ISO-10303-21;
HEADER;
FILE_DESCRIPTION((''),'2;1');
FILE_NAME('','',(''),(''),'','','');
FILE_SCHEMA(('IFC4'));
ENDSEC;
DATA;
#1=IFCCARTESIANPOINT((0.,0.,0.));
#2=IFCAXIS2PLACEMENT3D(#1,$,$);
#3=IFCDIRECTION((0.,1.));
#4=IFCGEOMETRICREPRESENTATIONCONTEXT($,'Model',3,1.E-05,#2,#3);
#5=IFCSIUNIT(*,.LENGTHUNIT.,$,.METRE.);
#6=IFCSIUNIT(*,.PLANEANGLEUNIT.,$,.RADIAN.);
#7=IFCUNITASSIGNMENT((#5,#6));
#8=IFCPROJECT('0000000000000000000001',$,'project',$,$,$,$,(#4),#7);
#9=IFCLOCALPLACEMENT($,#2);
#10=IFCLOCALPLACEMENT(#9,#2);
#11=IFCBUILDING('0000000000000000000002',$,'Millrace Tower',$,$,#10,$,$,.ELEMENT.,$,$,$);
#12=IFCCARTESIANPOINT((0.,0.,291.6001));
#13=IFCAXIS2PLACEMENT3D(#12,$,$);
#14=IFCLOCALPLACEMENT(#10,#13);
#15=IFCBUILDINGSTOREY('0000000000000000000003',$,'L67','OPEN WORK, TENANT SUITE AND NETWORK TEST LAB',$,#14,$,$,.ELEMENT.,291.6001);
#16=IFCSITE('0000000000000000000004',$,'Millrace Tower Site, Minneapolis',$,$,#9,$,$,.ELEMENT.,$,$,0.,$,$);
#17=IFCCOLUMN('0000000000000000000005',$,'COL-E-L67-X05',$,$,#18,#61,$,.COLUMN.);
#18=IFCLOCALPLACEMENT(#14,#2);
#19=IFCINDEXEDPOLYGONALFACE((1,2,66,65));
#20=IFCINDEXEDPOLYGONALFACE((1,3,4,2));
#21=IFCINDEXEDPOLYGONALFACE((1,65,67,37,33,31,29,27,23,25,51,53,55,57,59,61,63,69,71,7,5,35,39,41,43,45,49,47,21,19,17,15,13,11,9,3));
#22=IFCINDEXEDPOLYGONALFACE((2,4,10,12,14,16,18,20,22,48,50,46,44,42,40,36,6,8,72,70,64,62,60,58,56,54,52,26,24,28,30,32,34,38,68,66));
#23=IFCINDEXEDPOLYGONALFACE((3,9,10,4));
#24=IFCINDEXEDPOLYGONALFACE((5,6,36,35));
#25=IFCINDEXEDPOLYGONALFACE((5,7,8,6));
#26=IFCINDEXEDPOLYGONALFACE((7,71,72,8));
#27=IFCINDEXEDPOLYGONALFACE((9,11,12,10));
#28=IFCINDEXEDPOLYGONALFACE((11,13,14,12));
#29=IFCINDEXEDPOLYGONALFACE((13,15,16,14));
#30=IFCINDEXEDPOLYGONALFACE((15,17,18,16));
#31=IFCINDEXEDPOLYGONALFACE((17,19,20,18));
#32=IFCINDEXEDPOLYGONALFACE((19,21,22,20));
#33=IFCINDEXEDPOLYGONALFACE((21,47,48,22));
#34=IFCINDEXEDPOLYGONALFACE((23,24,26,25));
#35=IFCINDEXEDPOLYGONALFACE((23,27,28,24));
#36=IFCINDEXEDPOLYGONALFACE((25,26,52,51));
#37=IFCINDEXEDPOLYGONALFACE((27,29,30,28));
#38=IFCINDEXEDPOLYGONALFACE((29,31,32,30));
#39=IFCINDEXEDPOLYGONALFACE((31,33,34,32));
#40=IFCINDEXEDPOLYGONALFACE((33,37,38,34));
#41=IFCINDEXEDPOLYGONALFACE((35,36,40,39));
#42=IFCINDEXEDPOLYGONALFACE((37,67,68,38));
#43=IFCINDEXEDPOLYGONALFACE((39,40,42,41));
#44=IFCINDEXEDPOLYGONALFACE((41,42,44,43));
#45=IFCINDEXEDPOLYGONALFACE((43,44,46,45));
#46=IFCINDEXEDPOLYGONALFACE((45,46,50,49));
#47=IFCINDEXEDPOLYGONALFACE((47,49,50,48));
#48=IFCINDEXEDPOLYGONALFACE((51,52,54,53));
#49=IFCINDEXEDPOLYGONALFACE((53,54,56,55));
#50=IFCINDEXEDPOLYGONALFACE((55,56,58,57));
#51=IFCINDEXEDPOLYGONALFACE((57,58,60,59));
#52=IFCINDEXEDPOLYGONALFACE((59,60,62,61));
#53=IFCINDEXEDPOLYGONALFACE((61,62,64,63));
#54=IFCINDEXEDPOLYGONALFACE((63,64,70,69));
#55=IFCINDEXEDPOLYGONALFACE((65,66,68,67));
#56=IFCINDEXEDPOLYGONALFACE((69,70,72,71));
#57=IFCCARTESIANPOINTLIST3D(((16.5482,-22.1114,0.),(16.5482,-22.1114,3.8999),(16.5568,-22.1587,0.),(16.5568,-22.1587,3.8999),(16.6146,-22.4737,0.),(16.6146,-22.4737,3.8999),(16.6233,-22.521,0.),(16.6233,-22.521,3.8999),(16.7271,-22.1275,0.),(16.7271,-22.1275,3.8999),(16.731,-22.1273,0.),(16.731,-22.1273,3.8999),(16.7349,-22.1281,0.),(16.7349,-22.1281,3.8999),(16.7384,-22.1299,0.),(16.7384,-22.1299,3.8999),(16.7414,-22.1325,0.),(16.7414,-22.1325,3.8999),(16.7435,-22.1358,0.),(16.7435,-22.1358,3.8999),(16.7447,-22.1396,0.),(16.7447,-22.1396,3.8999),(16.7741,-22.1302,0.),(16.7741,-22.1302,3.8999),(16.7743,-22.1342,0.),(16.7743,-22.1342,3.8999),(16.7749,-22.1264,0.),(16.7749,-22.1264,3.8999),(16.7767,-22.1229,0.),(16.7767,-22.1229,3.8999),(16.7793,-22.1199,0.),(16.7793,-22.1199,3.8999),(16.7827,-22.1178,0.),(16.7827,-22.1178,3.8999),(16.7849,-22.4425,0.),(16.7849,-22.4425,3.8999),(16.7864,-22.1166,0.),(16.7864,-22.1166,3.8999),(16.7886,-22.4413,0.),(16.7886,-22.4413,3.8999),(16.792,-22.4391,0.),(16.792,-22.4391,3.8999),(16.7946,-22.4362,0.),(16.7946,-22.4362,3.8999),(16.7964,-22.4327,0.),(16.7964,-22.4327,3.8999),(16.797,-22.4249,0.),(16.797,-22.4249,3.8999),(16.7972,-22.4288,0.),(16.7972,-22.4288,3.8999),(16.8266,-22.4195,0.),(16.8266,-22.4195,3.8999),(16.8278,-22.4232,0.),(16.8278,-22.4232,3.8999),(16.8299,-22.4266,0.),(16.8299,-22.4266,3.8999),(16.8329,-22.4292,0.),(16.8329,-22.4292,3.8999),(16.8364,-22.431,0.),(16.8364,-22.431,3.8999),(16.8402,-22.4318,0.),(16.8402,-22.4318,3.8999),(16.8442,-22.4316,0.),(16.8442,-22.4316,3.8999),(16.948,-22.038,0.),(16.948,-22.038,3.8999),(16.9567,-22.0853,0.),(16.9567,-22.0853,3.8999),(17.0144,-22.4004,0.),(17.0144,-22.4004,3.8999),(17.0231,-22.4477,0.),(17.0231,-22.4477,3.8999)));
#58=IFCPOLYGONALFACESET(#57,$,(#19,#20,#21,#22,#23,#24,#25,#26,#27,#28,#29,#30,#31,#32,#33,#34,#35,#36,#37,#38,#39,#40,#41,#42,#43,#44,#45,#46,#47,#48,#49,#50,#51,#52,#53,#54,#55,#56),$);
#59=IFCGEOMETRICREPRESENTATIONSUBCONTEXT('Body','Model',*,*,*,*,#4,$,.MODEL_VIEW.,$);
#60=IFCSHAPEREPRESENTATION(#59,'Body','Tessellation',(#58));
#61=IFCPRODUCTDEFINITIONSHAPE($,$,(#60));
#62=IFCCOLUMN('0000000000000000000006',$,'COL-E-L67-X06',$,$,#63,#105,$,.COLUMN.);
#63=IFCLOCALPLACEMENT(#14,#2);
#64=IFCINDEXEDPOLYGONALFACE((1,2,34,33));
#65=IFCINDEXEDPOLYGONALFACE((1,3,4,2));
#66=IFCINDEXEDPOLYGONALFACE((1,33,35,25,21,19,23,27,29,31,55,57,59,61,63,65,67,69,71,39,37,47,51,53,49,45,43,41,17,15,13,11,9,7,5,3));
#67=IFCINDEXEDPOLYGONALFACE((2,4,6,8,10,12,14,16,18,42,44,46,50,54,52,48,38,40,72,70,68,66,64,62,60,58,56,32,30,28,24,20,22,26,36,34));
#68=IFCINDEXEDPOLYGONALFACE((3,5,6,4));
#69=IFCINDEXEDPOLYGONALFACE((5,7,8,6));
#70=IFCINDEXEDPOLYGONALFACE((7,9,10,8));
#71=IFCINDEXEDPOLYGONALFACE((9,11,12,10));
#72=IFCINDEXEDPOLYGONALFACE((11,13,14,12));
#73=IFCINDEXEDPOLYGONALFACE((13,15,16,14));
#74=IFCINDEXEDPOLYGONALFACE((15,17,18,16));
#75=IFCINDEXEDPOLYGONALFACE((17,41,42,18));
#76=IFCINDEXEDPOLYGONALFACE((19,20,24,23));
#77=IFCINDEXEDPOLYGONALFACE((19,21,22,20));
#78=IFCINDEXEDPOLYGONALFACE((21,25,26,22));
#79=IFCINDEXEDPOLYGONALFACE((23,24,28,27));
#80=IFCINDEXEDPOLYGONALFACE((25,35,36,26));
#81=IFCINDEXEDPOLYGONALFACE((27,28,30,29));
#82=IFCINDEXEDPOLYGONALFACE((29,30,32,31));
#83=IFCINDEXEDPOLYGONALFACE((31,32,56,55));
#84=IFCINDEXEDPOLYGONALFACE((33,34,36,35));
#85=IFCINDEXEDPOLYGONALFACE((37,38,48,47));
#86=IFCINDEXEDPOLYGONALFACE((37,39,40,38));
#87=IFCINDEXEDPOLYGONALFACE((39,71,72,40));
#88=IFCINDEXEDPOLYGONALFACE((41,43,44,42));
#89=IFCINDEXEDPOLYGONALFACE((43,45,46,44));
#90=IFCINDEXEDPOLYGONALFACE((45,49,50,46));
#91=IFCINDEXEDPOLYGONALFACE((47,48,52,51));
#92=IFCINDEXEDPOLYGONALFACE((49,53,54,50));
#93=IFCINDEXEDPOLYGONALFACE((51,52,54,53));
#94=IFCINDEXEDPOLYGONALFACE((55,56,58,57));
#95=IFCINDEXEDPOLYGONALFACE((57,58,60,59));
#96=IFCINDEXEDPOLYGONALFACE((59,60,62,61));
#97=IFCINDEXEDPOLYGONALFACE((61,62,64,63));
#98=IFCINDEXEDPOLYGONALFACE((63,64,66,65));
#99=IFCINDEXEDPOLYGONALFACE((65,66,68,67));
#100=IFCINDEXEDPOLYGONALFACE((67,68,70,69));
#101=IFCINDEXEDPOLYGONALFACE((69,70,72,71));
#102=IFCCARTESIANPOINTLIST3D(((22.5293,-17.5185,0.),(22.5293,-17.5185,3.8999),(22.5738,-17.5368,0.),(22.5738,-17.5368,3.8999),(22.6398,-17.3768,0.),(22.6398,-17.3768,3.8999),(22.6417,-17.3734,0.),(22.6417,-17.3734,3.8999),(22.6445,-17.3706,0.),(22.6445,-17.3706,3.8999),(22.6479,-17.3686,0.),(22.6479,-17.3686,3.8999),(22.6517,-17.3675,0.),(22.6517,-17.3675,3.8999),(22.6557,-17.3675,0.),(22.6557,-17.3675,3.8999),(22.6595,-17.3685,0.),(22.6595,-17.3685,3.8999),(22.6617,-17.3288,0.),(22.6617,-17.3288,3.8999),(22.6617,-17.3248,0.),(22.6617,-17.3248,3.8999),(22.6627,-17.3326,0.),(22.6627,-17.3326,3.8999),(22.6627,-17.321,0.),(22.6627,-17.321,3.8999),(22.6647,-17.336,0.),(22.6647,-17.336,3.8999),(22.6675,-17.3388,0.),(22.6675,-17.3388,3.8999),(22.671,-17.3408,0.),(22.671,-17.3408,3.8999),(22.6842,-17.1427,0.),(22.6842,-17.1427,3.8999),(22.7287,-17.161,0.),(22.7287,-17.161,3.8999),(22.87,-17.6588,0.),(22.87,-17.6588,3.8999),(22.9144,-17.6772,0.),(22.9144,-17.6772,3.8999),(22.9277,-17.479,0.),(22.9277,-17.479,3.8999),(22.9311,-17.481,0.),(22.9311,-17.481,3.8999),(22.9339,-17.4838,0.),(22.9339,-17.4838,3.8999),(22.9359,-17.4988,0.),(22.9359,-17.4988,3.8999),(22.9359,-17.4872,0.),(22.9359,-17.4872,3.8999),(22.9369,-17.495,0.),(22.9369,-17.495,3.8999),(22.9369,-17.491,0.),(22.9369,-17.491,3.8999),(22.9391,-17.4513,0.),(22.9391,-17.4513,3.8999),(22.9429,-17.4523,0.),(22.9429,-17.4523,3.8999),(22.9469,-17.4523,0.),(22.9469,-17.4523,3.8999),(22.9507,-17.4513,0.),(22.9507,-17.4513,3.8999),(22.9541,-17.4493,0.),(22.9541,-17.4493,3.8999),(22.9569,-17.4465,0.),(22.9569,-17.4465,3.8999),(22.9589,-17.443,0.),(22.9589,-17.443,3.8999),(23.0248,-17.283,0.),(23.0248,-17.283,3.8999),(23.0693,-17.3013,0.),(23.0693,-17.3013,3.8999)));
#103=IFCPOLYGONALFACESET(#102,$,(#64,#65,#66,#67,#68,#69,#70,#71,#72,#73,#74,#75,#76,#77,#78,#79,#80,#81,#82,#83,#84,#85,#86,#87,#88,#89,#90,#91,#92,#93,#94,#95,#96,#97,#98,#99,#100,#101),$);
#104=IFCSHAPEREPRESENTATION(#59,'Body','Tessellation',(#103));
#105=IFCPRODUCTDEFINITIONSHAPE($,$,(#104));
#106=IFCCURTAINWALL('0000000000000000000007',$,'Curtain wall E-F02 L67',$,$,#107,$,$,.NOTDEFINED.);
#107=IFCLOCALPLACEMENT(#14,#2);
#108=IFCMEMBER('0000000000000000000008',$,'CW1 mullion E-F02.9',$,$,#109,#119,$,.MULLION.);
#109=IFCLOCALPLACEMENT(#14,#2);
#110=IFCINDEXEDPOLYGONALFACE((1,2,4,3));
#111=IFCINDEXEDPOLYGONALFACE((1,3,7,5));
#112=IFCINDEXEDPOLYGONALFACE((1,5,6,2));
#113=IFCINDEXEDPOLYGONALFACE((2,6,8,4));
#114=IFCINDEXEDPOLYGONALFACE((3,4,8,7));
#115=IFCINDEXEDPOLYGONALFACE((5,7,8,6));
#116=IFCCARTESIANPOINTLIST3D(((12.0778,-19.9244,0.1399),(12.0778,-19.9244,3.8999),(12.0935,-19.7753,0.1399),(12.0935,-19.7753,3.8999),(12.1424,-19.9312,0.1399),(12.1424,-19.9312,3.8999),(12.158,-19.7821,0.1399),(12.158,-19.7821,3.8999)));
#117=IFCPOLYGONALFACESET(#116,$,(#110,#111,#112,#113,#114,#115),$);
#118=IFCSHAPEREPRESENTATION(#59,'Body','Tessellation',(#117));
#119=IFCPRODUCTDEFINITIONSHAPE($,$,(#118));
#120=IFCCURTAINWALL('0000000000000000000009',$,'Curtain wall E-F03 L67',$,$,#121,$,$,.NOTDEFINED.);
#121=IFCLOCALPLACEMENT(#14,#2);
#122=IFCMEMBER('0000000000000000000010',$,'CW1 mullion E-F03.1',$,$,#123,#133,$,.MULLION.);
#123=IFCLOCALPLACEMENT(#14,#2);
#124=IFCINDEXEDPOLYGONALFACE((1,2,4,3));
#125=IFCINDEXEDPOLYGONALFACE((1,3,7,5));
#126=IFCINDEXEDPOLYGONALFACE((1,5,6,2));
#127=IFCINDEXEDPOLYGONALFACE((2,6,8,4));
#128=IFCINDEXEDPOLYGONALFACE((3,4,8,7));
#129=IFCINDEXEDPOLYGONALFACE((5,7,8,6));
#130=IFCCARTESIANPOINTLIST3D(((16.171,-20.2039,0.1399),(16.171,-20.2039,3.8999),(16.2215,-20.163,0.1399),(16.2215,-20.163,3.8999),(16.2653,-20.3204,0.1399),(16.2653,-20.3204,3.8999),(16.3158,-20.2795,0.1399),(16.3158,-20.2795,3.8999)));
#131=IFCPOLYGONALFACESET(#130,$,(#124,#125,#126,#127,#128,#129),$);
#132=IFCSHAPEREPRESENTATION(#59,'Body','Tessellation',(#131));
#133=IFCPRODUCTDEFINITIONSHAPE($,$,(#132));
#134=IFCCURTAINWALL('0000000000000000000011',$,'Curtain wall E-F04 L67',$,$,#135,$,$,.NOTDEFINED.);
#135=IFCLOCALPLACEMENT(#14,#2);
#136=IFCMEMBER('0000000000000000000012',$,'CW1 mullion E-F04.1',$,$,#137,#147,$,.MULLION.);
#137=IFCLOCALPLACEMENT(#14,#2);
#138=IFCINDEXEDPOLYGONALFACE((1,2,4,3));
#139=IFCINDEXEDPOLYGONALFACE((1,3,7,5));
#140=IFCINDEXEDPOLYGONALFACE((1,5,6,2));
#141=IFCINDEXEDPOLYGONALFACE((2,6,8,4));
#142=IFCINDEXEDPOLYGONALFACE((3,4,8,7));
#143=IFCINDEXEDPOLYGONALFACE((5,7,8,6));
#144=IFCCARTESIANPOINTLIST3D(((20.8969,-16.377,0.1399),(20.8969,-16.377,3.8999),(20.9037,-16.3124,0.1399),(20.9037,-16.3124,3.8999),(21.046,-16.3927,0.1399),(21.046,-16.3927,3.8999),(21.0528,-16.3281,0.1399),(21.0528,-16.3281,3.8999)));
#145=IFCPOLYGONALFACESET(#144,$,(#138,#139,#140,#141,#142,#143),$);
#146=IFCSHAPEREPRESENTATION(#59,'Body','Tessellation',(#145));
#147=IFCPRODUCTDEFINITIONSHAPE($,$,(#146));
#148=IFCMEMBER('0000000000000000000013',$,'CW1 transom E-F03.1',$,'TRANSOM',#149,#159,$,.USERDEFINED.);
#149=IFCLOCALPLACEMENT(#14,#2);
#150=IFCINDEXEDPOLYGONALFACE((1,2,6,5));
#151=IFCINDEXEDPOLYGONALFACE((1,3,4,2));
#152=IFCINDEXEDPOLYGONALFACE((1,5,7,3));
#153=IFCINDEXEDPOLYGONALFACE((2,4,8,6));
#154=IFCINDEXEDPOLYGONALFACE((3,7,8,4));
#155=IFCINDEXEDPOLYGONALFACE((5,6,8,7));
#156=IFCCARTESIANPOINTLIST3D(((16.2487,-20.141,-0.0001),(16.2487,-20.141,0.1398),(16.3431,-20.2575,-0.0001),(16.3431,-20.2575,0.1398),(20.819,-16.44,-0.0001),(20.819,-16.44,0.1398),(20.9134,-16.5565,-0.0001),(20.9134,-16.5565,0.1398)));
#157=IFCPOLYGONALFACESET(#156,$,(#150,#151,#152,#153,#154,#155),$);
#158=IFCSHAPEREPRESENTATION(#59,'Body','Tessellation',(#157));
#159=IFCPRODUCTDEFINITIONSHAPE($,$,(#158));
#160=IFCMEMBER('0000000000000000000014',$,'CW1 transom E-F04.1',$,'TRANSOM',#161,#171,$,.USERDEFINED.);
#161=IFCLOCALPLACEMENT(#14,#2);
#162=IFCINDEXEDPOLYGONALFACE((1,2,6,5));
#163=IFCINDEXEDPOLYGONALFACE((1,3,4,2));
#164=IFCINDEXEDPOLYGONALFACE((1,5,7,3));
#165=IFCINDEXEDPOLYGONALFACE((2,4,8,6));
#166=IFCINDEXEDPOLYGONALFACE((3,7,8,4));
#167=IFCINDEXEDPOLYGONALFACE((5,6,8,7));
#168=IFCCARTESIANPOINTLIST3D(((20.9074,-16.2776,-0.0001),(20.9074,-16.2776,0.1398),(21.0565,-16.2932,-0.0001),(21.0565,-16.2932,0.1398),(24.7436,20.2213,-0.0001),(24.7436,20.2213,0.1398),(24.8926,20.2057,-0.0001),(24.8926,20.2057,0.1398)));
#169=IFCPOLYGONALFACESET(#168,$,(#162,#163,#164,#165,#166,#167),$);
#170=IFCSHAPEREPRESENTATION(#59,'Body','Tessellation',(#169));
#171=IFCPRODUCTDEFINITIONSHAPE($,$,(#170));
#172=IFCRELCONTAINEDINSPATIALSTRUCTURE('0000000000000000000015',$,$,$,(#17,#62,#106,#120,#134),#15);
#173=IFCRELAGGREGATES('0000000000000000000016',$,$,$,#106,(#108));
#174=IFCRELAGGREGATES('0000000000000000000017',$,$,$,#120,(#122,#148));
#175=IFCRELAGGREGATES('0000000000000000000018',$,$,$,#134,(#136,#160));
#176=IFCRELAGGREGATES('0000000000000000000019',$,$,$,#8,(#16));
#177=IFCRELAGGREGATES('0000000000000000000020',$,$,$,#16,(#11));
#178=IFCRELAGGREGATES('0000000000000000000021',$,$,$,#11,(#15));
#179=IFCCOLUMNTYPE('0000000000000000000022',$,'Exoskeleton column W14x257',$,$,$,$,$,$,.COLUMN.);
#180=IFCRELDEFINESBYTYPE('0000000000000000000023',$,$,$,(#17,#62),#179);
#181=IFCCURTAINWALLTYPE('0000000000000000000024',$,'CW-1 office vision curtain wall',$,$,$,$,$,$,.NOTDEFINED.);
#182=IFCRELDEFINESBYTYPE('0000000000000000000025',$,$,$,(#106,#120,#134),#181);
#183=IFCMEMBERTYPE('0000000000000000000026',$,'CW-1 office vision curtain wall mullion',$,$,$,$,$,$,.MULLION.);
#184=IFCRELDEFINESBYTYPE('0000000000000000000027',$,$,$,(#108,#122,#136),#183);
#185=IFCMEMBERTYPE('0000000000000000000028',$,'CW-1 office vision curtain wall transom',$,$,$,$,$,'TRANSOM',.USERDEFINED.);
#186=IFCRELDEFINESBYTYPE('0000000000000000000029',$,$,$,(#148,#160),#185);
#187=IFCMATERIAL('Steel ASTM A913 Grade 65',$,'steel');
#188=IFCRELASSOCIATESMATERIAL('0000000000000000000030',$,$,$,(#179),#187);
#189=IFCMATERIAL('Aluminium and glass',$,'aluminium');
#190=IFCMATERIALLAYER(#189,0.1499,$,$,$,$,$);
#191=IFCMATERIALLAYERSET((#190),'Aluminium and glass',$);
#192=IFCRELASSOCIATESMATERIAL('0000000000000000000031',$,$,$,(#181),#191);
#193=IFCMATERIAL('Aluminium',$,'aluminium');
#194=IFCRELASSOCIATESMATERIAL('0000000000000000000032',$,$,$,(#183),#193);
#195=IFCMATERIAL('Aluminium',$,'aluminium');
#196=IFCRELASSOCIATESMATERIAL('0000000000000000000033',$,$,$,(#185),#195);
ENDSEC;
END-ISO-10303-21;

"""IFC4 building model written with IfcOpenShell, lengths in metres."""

from ifc_helpers import new_model, si_unit, direction, frame, origin, origin_2d, place, context, subcontext, project, spatial, rectangle, i_section, extrude, material, layer, layer_set, material_profile, profile_set, type_object, element, aggregate, save


model = new_model("IFC4")

# Units and contexts
model_context = context("Model", 3, precision=1e-05, world=origin(), true_north=direction((0.0, 1.0)))
body_context = subcontext(model_context, "Body", "Model", "MODEL_VIEW")
ifc_project = project(units=[si_unit("LENGTHUNIT", "METRE"), si_unit("PLANEANGLEUNIT", "RADIAN")], contexts=[model_context])

# Site, building, storey
site_placement = place(None, origin())
site = spatial("IfcSite", under=ifc_project, at=site_placement, Name="Millrace Tower Site, Minneapolis", CompositionType="ELEMENT", RefElevation=0.0)
building_placement = place(site_placement, origin())
building = spatial("IfcBuilding", under=site, at=building_placement, Name="Millrace Tower", CompositionType="ELEMENT")
storey_placement = place(building_placement, frame((0.0, 0.0, 291.6001)))
storey = spatial("IfcBuildingStorey", under=building, at=storey_placement, Name="L67", Description="OPEN WORK, TENANT SUITE AND NETWORK TEST LAB", CompositionType="ELEMENT", Elevation=291.6001)

# Columns
ifc_material_1 = material(Name="Steel ASTM A913 Grade 65", Category="steel")
ifc_material_profile_1 = material_profile(ifc_material_1, i_section(OverallWidth=0.4065, OverallDepth=0.4165, WebThickness=0.03, FlangeThickness=0.0481, FilletRadius=0.0151, at=origin_2d()))
ifc_profile_set_1 = profile_set([ifc_material_profile_1], Name="Steel ASTM A913 Grade 65")
column_type = type_object("IfcColumnType", Name="Exoskeleton column W14x257", PredefinedType="COLUMN", material=ifc_profile_set_1)
for number, where, z_axis, x_axis, name in (
    (1, (16.7856, -22.2795, 0.0), (0.0, 0.0, 1.0), (0.983596, 0.180387, 0.0), "COL-E-L67-X05"),
    (2, (22.7993, -17.4099, 0.0), (0.0, 0.0, 1.0), (0.380947, 0.924597, 0.0), "COL-E-L67-X06"),
):
    element("IfcColumn", number, at=place(storey_placement, frame(where, z_axis=z_axis, x_axis=x_axis)), inside=storey, type_object=column_type, Name=name, PredefinedType="COLUMN", context=body_context, shape_type="SweptSolid", body=[
        extrude(i_section(OverallWidth=0.4065, OverallDepth=0.4165, WebThickness=0.03, FlangeThickness=0.0481, FilletRadius=0.0151, at=origin_2d()), origin(), (0.0, 0.0, 1.0), 3.8999),
    ])

# Curtain walls, members
ifc_material_2 = material(Name="Aluminium and glass", Category="aluminium")
ifc_layer_1 = layer(ifc_material_2, 0.1499)
ifc_layer_set_1 = layer_set([ifc_layer_1], Name="Aluminium and glass")
curtain_wall_type = type_object("IfcCurtainWallType", Name="CW-1 office vision curtain wall", PredefinedType="NOTDEFINED", material=ifc_layer_set_1)
placement = place(storey_placement, origin())
curtain_wall_1 = element("IfcCurtainWall", 3, at=placement, inside=storey, type_object=curtain_wall_type, Name="Curtain wall E-F02 L67", PredefinedType="NOTDEFINED")
ifc_material_3 = material(Name="Aluminium", Category="aluminium")
ifc_material_profile_2 = material_profile(ifc_material_3, rectangle(XDim=0.0649, YDim=0.1499, at=origin_2d()))
ifc_profile_set_2 = profile_set([ifc_material_profile_2], Name="Aluminium")
member_type_1 = type_object("IfcMemberType", Name="CW-1 office vision curtain wall mullion", PredefinedType="MULLION", material=ifc_profile_set_2)
member_1_placement = place(storey_placement, frame((12.1179, -19.8533, 0.1399), z_axis=(0.0, 0.0, 1.0), x_axis=(0.994522, -0.104528, 0.0)))
member_1 = element("IfcMember", 4, at=member_1_placement, type_object=member_type_1, Name="CW1 mullion E-F02.9", PredefinedType="MULLION", context=body_context, shape_type="SweptSolid", body=[
    extrude(rectangle(XDim=0.0649, YDim=0.1499, at=origin_2d()), origin(), (0.0, 0.0, 1.0), 3.76),
])
aggregate(curtain_wall_1, [member_1])
curtain_wall_2 = element("IfcCurtainWall", 5, at=placement, inside=storey, type_object=curtain_wall_type, Name="Curtain wall E-F03 L67", PredefinedType="NOTDEFINED")
member_2_placement = place(storey_placement, frame((16.2434, -20.2417, 0.1399), z_axis=(0.0, 0.0, 1.0), x_axis=(0.777146, 0.62932, 0.0)))
member_2 = element("IfcMember", 6, at=member_2_placement, type_object=member_type_1, Name="CW1 mullion E-F03.1", PredefinedType="MULLION", context=body_context, shape_type="SweptSolid", body=[
    extrude(rectangle(XDim=0.0649, YDim=0.1499, at=origin_2d()), origin(), (0.0, 0.0, 1.0), 3.76),
])
curtain_wall_3 = element("IfcCurtainWall", 7, at=placement, inside=storey, type_object=curtain_wall_type, Name="Curtain wall E-F04 L67", PredefinedType="NOTDEFINED")
member_3_placement = place(storey_placement, frame((20.9749, -16.3525, 0.1399), z_axis=(0.0, 0.0, 1.0), x_axis=(0.104528, 0.994522, 0.0)))
member_3 = element("IfcMember", 8, at=member_3_placement, type_object=member_type_1, Name="CW1 mullion E-F04.1", PredefinedType="MULLION", context=body_context, shape_type="SweptSolid", body=[
    extrude(rectangle(XDim=0.0649, YDim=0.1499, at=origin_2d()), origin(), (0.0, 0.0, 1.0), 3.76),
])

# Members
ifc_material_4 = material(Name="Aluminium", Category="aluminium")
ifc_material_profile_3 = material_profile(ifc_material_4, rectangle(XDim=0.1499, YDim=0.1399, at=origin_2d()))
ifc_profile_set_3 = profile_set([ifc_material_profile_3], Name="Aluminium")
member_type_2 = type_object("IfcMemberType", Name="CW-1 office vision curtain wall transom", ElementType="TRANSOM", PredefinedType="USERDEFINED", material=ifc_profile_set_3)
member_4_placement = place(storey_placement, frame((16.2959, -20.1992, 0.0698), z_axis=(0.777149, 0.629316, 0.0), x_axis=(-0.629316, 0.777149, 0.0)))
member_4 = element("IfcMember", 9, at=member_4_placement, type_object=member_type_2, Name="CW1 transom E-F03.1", ObjectType="TRANSOM", PredefinedType="USERDEFINED", context=body_context, shape_type="SweptSolid", body=[
    extrude(rectangle(XDim=0.1499, YDim=0.1399, at=origin_2d()), origin(), (0.0, 0.0, 1.0), 5.8809),
])
aggregate(curtain_wall_2, [member_2, member_4])
member_5_placement = place(storey_placement, frame((20.9819, -16.2854, 0.0698), z_axis=(0.104528, 0.994522, 0.0), x_axis=(-0.994522, 0.104528, 0.0)))
member_5 = element("IfcMember", 10, at=member_5_placement, type_object=member_type_2, Name="CW1 transom E-F04.1", ObjectType="TRANSOM", PredefinedType="USERDEFINED", context=body_context, shape_type="SweptSolid", body=[
    extrude(rectangle(XDim=0.1499, YDim=0.1399, at=origin_2d()), origin(), (0.0, 0.0, 1.0), 36.7),
])
aggregate(curtain_wall_3, [member_3, member_5])

save(model, "model.ifc")
